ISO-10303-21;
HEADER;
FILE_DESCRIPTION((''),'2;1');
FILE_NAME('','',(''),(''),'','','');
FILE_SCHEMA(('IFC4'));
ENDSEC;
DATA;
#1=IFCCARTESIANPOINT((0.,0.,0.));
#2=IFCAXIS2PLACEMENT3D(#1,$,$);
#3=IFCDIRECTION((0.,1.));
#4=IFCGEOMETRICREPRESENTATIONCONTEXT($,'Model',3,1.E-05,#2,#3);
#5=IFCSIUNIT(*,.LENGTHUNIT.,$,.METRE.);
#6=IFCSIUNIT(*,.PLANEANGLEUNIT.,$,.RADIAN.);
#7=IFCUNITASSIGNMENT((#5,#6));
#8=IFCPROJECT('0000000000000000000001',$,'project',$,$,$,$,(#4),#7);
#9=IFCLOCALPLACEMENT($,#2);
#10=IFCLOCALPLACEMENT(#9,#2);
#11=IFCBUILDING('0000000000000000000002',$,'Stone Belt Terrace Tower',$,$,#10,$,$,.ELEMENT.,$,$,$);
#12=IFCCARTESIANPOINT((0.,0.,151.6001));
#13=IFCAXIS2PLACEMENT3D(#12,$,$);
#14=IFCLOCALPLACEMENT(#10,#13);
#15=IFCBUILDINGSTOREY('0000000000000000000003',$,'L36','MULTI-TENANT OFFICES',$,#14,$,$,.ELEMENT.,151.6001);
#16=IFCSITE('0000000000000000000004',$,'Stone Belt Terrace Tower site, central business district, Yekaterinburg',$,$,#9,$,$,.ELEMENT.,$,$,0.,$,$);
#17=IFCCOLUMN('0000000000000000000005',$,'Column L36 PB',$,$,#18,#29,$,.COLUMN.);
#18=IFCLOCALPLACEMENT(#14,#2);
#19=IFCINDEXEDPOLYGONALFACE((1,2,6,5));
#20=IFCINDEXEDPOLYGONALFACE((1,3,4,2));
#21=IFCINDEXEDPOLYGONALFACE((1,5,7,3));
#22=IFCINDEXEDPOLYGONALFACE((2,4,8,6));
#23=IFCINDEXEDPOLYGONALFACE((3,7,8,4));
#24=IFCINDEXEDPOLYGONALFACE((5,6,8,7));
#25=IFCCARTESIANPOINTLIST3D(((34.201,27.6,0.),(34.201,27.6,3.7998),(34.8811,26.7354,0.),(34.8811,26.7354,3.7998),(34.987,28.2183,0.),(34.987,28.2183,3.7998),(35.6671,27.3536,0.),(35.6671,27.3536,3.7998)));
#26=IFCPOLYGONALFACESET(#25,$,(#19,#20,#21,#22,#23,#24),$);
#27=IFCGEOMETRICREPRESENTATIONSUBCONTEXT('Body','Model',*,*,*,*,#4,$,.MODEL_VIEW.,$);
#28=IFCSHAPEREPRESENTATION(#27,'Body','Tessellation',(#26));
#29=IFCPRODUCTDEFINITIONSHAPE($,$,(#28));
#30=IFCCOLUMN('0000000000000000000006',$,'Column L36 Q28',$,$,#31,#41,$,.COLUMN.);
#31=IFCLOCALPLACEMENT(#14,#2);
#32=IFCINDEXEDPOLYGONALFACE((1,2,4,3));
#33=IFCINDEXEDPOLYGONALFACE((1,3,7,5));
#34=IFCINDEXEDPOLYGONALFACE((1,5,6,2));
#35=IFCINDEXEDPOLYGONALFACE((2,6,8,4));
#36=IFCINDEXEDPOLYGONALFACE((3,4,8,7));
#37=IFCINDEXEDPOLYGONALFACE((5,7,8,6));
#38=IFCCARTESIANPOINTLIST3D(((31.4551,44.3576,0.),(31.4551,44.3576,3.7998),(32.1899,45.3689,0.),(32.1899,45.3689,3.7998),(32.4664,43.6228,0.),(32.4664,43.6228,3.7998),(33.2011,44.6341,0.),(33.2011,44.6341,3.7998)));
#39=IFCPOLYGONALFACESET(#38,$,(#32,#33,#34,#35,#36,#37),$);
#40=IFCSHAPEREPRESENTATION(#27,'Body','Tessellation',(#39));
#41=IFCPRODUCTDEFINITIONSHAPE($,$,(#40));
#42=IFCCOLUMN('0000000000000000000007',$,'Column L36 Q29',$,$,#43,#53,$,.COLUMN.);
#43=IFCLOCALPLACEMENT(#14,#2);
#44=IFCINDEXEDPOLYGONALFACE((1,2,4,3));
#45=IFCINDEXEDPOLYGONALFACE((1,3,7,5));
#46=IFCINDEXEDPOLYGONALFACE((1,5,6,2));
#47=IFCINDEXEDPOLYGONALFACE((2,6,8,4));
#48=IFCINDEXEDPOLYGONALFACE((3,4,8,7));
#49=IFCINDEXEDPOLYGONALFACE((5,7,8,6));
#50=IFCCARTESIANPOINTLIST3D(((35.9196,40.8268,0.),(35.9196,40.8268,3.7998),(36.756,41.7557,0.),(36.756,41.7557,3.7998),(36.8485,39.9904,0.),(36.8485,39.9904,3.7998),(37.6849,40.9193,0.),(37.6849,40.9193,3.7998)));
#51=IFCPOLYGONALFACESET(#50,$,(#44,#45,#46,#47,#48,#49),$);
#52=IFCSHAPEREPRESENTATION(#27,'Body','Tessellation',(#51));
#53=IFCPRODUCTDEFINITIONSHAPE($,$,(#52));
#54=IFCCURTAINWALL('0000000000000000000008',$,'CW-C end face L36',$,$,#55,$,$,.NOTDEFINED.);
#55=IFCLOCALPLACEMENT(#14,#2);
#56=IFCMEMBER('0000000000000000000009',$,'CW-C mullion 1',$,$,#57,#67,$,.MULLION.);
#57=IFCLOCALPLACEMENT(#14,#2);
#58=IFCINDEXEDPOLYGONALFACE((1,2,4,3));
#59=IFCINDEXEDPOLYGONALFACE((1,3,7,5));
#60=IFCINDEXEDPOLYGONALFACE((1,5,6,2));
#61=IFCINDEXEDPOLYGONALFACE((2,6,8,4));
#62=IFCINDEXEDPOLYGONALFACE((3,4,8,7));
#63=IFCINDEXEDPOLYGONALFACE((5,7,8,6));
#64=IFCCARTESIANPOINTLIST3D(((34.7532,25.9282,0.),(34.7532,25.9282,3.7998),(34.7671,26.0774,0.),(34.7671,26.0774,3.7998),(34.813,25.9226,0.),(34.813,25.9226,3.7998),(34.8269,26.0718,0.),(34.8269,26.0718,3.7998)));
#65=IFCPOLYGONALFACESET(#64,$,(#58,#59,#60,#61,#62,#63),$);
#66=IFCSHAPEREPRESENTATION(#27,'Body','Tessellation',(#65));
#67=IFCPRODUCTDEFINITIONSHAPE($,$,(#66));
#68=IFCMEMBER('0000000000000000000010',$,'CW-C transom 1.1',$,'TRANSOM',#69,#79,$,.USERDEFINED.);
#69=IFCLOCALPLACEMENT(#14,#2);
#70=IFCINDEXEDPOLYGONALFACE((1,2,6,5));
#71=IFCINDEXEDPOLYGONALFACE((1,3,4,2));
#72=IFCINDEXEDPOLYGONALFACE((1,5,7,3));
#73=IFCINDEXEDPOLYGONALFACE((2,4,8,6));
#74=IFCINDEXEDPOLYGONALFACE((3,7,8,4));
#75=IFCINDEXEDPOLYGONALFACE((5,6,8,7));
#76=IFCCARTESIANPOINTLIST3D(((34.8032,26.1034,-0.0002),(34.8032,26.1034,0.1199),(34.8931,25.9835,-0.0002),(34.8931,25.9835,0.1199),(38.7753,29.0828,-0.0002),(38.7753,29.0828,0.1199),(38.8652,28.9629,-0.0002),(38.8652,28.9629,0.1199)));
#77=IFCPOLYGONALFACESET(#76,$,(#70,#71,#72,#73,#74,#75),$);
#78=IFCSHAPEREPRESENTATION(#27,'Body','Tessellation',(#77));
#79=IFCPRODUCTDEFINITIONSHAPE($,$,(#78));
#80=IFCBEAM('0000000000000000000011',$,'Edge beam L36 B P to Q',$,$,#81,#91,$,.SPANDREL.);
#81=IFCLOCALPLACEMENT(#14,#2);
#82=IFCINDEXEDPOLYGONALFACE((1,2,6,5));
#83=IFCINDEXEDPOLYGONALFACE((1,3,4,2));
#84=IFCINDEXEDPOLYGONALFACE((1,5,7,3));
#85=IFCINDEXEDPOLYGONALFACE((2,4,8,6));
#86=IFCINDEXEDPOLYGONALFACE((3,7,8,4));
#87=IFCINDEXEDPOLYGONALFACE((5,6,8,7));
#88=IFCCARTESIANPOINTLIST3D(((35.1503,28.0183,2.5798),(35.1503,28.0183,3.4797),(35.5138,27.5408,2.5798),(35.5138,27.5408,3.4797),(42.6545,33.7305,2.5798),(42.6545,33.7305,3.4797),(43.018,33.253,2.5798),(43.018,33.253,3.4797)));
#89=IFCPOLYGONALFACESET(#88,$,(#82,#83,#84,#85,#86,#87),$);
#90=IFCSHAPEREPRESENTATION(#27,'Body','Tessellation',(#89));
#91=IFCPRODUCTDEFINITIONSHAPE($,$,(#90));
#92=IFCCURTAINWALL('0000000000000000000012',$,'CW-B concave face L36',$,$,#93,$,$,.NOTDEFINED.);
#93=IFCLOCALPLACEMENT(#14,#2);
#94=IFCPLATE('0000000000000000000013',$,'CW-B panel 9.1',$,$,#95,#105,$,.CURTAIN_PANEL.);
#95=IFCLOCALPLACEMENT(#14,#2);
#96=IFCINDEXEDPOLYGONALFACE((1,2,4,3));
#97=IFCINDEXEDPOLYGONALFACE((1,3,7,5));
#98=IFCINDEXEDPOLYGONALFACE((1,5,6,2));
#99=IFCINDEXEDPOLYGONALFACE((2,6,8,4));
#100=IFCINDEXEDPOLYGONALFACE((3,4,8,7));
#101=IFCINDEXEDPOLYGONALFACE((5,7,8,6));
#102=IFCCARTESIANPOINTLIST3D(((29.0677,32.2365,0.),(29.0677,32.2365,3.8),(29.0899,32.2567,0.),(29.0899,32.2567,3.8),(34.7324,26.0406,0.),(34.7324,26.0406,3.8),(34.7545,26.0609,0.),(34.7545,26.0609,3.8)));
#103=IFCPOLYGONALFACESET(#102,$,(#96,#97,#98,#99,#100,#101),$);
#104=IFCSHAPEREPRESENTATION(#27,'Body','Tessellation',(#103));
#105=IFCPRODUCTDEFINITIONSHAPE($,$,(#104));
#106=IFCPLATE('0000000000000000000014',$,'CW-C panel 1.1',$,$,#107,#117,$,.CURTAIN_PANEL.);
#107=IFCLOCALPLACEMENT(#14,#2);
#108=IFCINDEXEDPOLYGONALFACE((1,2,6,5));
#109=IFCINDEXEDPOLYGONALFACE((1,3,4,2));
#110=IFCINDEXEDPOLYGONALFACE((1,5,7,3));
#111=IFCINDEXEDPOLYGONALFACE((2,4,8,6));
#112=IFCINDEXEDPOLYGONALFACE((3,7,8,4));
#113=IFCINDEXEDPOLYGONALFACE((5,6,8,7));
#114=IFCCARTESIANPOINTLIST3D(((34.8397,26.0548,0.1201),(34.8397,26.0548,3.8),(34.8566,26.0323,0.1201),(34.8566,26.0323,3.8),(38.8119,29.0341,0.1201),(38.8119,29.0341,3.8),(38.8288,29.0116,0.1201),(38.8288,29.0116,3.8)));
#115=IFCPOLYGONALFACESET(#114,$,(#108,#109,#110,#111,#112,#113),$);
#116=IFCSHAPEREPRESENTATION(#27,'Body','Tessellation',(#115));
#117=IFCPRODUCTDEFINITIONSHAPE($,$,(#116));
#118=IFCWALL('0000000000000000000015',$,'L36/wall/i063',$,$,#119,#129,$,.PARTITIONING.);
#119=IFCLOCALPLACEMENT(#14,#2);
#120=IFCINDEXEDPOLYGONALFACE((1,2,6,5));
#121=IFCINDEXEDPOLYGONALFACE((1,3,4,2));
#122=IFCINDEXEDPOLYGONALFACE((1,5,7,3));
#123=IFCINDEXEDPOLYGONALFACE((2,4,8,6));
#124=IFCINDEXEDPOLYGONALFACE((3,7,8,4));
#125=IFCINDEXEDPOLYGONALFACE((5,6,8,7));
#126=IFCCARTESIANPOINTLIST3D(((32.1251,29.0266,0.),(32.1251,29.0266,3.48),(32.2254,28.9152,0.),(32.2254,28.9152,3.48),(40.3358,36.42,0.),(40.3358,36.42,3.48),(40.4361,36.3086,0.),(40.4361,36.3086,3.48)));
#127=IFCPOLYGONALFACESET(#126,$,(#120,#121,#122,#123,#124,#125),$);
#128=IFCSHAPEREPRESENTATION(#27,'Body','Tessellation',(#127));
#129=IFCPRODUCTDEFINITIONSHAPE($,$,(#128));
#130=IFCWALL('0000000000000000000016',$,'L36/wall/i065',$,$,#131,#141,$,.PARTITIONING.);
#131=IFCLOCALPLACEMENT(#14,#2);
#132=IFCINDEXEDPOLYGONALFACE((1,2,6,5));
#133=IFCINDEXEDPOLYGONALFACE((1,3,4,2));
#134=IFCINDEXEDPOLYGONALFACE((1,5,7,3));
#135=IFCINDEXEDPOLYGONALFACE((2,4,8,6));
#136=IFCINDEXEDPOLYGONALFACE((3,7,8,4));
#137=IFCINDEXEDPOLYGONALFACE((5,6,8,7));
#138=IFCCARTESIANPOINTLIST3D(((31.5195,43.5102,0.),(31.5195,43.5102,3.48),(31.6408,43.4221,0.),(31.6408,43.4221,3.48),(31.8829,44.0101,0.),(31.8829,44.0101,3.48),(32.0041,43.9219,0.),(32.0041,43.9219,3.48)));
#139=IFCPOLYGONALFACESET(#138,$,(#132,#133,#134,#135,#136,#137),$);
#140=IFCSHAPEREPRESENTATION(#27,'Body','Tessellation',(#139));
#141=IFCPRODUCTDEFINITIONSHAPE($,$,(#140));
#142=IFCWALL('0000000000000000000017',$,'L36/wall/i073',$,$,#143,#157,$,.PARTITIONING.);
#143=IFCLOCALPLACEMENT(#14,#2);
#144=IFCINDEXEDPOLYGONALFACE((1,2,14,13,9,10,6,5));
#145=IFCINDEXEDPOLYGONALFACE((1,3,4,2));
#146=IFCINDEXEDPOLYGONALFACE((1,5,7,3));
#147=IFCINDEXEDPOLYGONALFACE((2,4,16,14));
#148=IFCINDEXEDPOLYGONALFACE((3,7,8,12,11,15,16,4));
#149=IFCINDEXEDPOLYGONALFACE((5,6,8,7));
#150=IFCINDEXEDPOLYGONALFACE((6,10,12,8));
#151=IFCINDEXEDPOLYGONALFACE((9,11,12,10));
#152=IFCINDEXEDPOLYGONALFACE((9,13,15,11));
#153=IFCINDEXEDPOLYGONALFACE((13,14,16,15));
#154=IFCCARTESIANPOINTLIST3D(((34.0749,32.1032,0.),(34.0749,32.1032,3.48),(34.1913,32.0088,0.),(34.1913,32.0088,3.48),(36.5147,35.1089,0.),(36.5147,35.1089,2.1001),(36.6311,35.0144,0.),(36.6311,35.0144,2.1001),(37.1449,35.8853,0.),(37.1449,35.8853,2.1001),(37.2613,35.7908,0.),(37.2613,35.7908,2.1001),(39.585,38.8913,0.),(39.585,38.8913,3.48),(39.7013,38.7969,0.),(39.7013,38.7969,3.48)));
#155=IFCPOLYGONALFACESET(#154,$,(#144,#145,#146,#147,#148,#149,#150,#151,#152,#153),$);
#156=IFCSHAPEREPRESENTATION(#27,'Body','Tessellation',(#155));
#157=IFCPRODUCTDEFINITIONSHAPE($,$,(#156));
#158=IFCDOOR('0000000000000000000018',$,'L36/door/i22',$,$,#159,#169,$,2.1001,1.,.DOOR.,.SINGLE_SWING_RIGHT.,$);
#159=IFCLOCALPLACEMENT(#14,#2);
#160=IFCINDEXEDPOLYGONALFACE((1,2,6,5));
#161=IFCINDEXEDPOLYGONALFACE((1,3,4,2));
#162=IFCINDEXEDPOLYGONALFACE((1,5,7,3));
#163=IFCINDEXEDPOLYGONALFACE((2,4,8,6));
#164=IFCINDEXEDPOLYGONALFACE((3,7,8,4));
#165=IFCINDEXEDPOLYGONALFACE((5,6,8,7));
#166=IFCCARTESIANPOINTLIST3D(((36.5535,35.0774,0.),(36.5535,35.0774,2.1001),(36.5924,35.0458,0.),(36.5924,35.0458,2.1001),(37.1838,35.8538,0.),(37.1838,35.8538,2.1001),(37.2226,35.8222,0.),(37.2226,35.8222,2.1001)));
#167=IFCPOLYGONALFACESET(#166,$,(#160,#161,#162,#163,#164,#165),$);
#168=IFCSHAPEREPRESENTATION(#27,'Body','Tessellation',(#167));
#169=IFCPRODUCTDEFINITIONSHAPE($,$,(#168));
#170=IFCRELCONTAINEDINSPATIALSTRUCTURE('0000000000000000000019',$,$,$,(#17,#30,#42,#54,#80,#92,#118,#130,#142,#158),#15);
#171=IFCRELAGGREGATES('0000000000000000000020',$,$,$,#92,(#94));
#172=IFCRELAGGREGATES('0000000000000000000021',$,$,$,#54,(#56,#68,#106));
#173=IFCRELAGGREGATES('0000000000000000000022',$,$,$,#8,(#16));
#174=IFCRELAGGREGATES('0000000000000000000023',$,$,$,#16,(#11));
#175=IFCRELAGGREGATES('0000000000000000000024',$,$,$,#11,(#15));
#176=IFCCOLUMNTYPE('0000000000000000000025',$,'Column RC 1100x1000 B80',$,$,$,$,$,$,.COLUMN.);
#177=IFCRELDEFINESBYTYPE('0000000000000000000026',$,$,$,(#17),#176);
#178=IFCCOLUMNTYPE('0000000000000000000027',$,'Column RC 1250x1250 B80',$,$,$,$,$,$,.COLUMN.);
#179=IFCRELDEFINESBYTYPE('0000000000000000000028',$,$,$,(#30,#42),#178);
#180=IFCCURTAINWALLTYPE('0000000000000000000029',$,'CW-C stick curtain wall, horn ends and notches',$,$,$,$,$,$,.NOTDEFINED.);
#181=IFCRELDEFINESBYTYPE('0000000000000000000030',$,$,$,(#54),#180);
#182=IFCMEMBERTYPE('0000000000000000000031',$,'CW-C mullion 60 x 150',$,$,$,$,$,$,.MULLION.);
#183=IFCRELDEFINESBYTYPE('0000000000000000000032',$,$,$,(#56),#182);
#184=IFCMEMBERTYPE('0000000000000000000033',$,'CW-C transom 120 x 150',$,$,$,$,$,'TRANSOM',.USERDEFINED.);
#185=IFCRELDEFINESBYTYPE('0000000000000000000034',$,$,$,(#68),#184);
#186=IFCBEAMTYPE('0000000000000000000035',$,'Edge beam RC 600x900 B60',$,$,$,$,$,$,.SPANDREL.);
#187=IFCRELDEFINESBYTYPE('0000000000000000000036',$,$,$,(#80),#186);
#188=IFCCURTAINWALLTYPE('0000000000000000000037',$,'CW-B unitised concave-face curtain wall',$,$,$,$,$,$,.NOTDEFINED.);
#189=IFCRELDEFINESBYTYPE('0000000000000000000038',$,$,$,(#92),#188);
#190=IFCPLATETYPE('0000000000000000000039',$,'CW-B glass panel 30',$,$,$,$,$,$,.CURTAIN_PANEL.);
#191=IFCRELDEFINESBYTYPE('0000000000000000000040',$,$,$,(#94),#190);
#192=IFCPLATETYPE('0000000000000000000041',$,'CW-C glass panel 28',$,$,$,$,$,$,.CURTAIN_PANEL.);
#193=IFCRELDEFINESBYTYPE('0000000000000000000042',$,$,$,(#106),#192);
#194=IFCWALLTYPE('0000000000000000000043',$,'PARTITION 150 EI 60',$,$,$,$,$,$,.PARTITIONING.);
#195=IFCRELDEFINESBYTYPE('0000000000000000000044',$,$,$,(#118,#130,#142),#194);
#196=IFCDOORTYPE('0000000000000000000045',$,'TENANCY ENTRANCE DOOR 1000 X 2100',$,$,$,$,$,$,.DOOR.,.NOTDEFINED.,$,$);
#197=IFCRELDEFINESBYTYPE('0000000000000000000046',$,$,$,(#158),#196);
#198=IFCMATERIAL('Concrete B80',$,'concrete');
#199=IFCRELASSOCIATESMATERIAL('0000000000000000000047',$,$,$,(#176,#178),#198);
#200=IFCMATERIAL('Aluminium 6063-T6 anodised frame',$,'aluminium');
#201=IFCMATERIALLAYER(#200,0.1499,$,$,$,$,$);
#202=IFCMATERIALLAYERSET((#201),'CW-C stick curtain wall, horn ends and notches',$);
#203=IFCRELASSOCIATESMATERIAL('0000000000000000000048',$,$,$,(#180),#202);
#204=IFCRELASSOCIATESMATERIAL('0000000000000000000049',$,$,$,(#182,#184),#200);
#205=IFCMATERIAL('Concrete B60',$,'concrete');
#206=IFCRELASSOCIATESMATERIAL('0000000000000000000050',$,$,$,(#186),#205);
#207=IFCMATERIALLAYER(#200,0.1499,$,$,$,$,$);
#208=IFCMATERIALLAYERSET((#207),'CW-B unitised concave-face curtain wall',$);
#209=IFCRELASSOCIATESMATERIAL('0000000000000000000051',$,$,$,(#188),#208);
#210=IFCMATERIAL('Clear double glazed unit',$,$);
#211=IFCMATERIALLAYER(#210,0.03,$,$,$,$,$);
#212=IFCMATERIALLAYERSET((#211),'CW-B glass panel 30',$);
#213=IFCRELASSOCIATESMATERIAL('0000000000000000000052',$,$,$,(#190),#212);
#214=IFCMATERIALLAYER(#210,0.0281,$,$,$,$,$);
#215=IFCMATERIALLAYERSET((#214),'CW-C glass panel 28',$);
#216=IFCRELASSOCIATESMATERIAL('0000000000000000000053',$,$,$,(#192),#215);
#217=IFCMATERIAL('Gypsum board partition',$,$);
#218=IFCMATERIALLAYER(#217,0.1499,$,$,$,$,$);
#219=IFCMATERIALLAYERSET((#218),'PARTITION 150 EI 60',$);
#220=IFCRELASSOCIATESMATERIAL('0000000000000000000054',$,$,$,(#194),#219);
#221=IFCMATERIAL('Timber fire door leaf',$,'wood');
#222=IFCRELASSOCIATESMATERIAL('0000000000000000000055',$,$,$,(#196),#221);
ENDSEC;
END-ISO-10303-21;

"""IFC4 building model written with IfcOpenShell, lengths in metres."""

from ifc_helpers import new_model, si_unit, direction, frame, frame_2d, origin, origin_2d, place, context, subcontext, project, spatial, rectangle, extrude, material, layer, layer_set, material_profile, profile_set, type_object, element, fill, aggregate, save


model = new_model("IFC4")

# Units and contexts
model_context = context("Model", 3, precision=1e-05, world=origin(), true_north=direction((0.0, 1.0)))
body_context = subcontext(model_context, "Body", "Model", "MODEL_VIEW")
ifc_project = project(units=[si_unit("LENGTHUNIT", "METRE"), si_unit("PLANEANGLEUNIT", "RADIAN")], contexts=[model_context])

# Site, building, storey
site_placement = place(None, origin())
site = spatial("IfcSite", under=ifc_project, at=site_placement, Name="Stone Belt Terrace Tower site, central business district, Yekaterinburg", CompositionType="ELEMENT", RefElevation=0.0)
building_placement = place(site_placement, origin())
building = spatial("IfcBuilding", under=site, at=building_placement, Name="Stone Belt Terrace Tower", CompositionType="ELEMENT")
storey_placement = place(building_placement, frame((0.0, 0.0, 151.6001)))
storey = spatial("IfcBuildingStorey", under=building, at=storey_placement, Name="L36", Description="MULTI-TENANT OFFICES", CompositionType="ELEMENT", Elevation=151.6001)

# Columns
ifc_material_1 = material(Name="Concrete B80", Category="concrete")
ifc_material_profile_1 = material_profile(ifc_material_1, rectangle(XDim=1.1001, YDim=1.0, at=origin_2d()), Name="RC 1100x1000")
ifc_profile_set_1 = profile_set([ifc_material_profile_1], Name="Concrete B80")
column_type_1 = type_object("IfcColumnType", Name="Column RC 1100x1000 B80", PredefinedType="COLUMN", material=ifc_profile_set_1)
column_placement = place(storey_placement, frame((34.9341, 27.4768, 0.0), z_axis=(0.0, 0.0, 1.0), x_axis=(0.618218, -0.786007, 0.0)))
element("IfcColumn", 1, at=column_placement, inside=storey, type_object=column_type_1, Name="Column L36 PB", PredefinedType="COLUMN", context=body_context, shape_type="SweptSolid", body=[
    extrude(rectangle(XDim=1.1001, YDim=1.0, at=origin_2d()), origin(), (0.0, 0.0, 1.0), 3.7998),
])
ifc_material_profile_2 = material_profile(ifc_material_1, rectangle(XDim=1.25, YDim=1.25, at=origin_2d()), Name="RC 1250x1250")
ifc_profile_set_2 = profile_set([ifc_material_profile_2], Name="Concrete B80")
column_type_2 = type_object("IfcColumnType", Name="Column RC 1250x1250 B80", PredefinedType="COLUMN", material=ifc_profile_set_2)
for number, where, z_axis, x_axis, name in (
    (2, (32.3281, 44.4958, 0.0), (0.0, 0.0, 1.0), (0.809017, -0.587785, 0.0), "Column L36 Q28"),
    (3, (36.8022, 40.873, 0.0), (0.0, 0.0, 1.0), (0.743145, -0.669131, 0.0), "Column L36 Q29"),
):
    element("IfcColumn", number, at=place(storey_placement, frame(where, z_axis=z_axis, x_axis=x_axis)), inside=storey, type_object=column_type_2, Name=name, PredefinedType="COLUMN", context=body_context, shape_type="SweptSolid", body=[
        extrude(rectangle(XDim=1.25, YDim=1.25, at=origin_2d()), origin(), (0.0, 0.0, 1.0), 3.7998),
    ])

# Curtain wall, members
ifc_material_2 = material(Name="Aluminium 6063-T6 anodised frame", Category="aluminium")
ifc_layer_1 = layer(ifc_material_2, 0.1499)
ifc_layer_set_1 = layer_set([ifc_layer_1], Name="CW-C stick curtain wall, horn ends and notches")
curtain_wall_type_1 = type_object("IfcCurtainWallType", Name="CW-C stick curtain wall, horn ends and notches", PredefinedType="NOTDEFINED", material=ifc_layer_set_1)
curtain_wall_1_placement = place(storey_placement, origin())
curtain_wall_1 = element("IfcCurtainWall", 4, at=curtain_wall_1_placement, inside=storey, type_object=curtain_wall_type_1, Name="CW-C end face L36", PredefinedType="NOTDEFINED")
ifc_material_profile_3 = material_profile(ifc_material_2, rectangle(XDim=0.1499, YDim=0.0601, at=origin_2d()), Name="Aluminium 6063-T6 60x150")
ifc_profile_set_3 = profile_set([ifc_material_profile_3], Name="Aluminium 6063-T6 anodised frame")
member_type_1 = type_object("IfcMemberType", Name="CW-C mullion 60 x 150", PredefinedType="MULLION", material=ifc_profile_set_3)
member_1_placement = place(storey_placement, frame((34.79, 26.0, 0.0), z_axis=(0.0, 0.0, 1.0), x_axis=(0.093181, 0.995649, 0.0)))
member_1 = element("IfcMember", 5, at=member_1_placement, type_object=member_type_1, Name="CW-C mullion 1", PredefinedType="MULLION", context=body_context, shape_type="SweptSolid", body=[
    extrude(rectangle(XDim=0.1499, YDim=0.0601, at=origin_2d()), origin(), (0.0, 0.0, 1.0), 3.7998),
])
ifc_material_profile_4 = material_profile(ifc_material_2, rectangle(XDim=0.1499, YDim=0.1201, at=origin_2d()), Name="Aluminium 6063-T6 150x120")
ifc_profile_set_4 = profile_set([ifc_material_profile_4], Name="Aluminium 6063-T6 anodised frame")
member_type_2 = type_object("IfcMemberType", Name="CW-C transom 120 x 150", ElementType="TRANSOM", PredefinedType="USERDEFINED", material=ifc_profile_set_4)
member_2_placement = place(storey_placement, frame((34.8481, 26.0435, 0.0598), z_axis=(0.799965, 0.600047, 0.0), x_axis=(-0.600047, 0.799965, 0.0)))
member_2 = element("IfcMember", 6, at=member_2_placement, type_object=member_type_2, Name="CW-C transom 1.1", ObjectType="TRANSOM", PredefinedType="USERDEFINED", context=body_context, shape_type="SweptSolid", body=[
    extrude(rectangle(XDim=0.1499, YDim=0.1201, at=origin_2d()), origin(), (0.0, 0.0, 1.0), 4.9653),
])

# Beam
ifc_material_3 = material(Name="Concrete B60", Category="concrete")
ifc_material_profile_5 = material_profile(ifc_material_3, rectangle(XDim=0.6001, YDim=0.8999, at=origin_2d()), Name="RC 600x900")
ifc_profile_set_5 = profile_set([ifc_material_profile_5], Name="Concrete B60")
beam_type = type_object("IfcBeamType", Name="Edge beam RC 600x900 B60", PredefinedType="SPANDREL", material=ifc_profile_set_5)
beam_placement = place(storey_placement, frame((35.332, 27.7795, 3.0298), z_axis=(0.795702, 0.605688, 0.0), x_axis=(-0.605688, 0.795702, 0.0)))
element("IfcBeam", 7, at=beam_placement, inside=storey, type_object=beam_type, Name="Edge beam L36 B P to Q", PredefinedType="SPANDREL", context=body_context, shape_type="SweptSolid", body=[
    extrude(rectangle(XDim=0.6001, YDim=0.8999, at=origin_2d()), origin(), (0.0, 0.0, 1.0), 9.4309),
])

# Curtain wall, plate
ifc_layer_2 = layer(ifc_material_2, 0.1499)
ifc_layer_set_2 = layer_set([ifc_layer_2], Name="CW-B unitised concave-face curtain wall")
curtain_wall_type_2 = type_object("IfcCurtainWallType", Name="CW-B unitised concave-face curtain wall", PredefinedType="NOTDEFINED", material=ifc_layer_set_2)
curtain_wall_2_placement = place(storey_placement, origin())
curtain_wall_2 = element("IfcCurtainWall", 8, at=curtain_wall_2_placement, inside=storey, type_object=curtain_wall_type_2, Name="CW-B concave face L36", PredefinedType="NOTDEFINED")
ifc_material_4 = material(Name="Clear double glazed unit")
ifc_layer_3 = layer(ifc_material_4, 0.03)
ifc_layer_set_3 = layer_set([ifc_layer_3], Name="CW-B glass panel 30")
plate_type_1 = type_object("IfcPlateType", Name="CW-B glass panel 30", PredefinedType="CURTAIN_PANEL", material=ifc_layer_set_3)
plate_1_placement = place(storey_placement, frame((31.9111, 29.1487, 0.0), z_axis=(0.0, 0.0, 1.0), x_axis=(0.674761, -0.738036, 0.0)))
plate_1 = element("IfcPlate", 9, at=plate_1_placement, type_object=plate_type_1, Name="CW-B panel 9.1", PredefinedType="CURTAIN_PANEL", context=body_context, shape_type="SweptSolid", body=[
    extrude(rectangle(XDim=8.395, YDim=0.03, at=origin_2d()), origin(), (0.0, 0.0, 1.0), 3.8),
])
aggregate(curtain_wall_2, [plate_1])

# Plate
ifc_layer_4 = layer(ifc_material_4, 0.0281)
ifc_layer_set_4 = layer_set([ifc_layer_4], Name="CW-C glass panel 28")
plate_type_2 = type_object("IfcPlateType", Name="CW-C glass panel 28", PredefinedType="CURTAIN_PANEL", material=ifc_layer_set_4)
plate_2_placement = place(storey_placement, frame((36.8342, 27.5332, 0.1201), z_axis=(0.0, 0.0, 1.0), x_axis=(0.799987, 0.600018, 0.0)))
plate_2 = element("IfcPlate", 10, at=plate_2_placement, type_object=plate_type_2, Name="CW-C panel 1.1", PredefinedType="CURTAIN_PANEL", context=body_context, shape_type="SweptSolid", body=[
    extrude(rectangle(XDim=4.9653, YDim=0.0281, at=origin_2d()), origin(), (0.0, 0.0, 1.0), 3.6799),
])
aggregate(curtain_wall_1, [member_1, member_2, plate_2])

# Walls
ifc_material_5 = material(Name="Gypsum board partition")
ifc_layer_5 = layer(ifc_material_5, 0.1499)
ifc_layer_set_5 = layer_set([ifc_layer_5], Name="PARTITION 150 EI 60")
wall_type_1 = type_object("IfcWallType", Name="PARTITION 150 EI 60", PredefinedType="PARTITIONING", material=ifc_layer_set_5)
wall_1_placement = place(storey_placement, frame((32.1753, 28.9709, 0.0), z_axis=(0.0, 0.0, 1.0), x_axis=(0.743128, 0.669149, 0.0)))
element("IfcWall", 11, at=wall_1_placement, inside=storey, type_object=wall_type_1, Name="L36/wall/i063", PredefinedType="PARTITIONING", context=body_context, shape_type="SweptSolid", body=[
    extrude(rectangle(XDim=11.0488, YDim=0.1499, at=frame_2d((5.5244, 0.0))), origin(), (0.0, 0.0, 1.0), 3.48),
])
wall_2_placement = place(storey_placement, frame((31.5801, 43.4661, 0.0), z_axis=(0.0, 0.0, 1.0), x_axis=(0.587984, 0.808873, 0.0)))
element("IfcWall", 12, at=wall_2_placement, inside=storey, type_object=wall_type_1, Name="L36/wall/i065", PredefinedType="PARTITIONING", context=body_context, shape_type="SweptSolid", body=[
    extrude(rectangle(XDim=0.6179, YDim=0.1499, at=frame_2d((0.3091, 0.0))), origin(), (0.0, 0.0, 1.0), 3.48),
])

# Wall, opening, door
wall_3_placement = place(storey_placement, frame((34.1331, 32.0559, 0.0), z_axis=(0.0, 0.0, 1.0), x_axis=(0.630227, 0.776411, 0.0)))
wall_3 = element("IfcWall", 13, at=wall_3_placement, inside=storey, type_object=wall_type_1, Name="L36/wall/i073", PredefinedType="PARTITIONING", context=body_context, shape_type="SweptSolid", body=[
    extrude(rectangle(XDim=8.7429, YDim=0.1499, at=frame_2d((4.3716, 0.0))), origin(), (0.0, 0.0, 1.0), 3.48),
])
opening_1_placement = place(wall_3_placement, frame((3.8713, 0.0, 0.0)))
opening_1 = element("IfcOpeningElement", 14, at=opening_1_placement, cuts=wall_3, PredefinedType="OPENING", context=body_context, shape_type="SweptSolid", body=[
    extrude(rectangle(XDim=1.0, YDim=2.1001, at=frame_2d((0.5, 1.05))), frame((0.0, 0.085, 0.0), z_axis=(0.0, -1.0, 0.0), x_axis=(1.0, 0.0, 0.0)), (0.0, 0.0, 1.0), 0.1699),
])
ifc_material_6 = material(Name="Timber fire door leaf", Category="wood")
door_type_1 = type_object("IfcDoorType", Name="TENANCY ENTRANCE DOOR 1000 X 2100", OperationType="NOTDEFINED", PredefinedType="DOOR", material=ifc_material_6)
door_1_placement = place(opening_1_placement, origin())
door_1 = element("IfcDoor", 15, at=door_1_placement, inside=storey, type_object=door_type_1, Name="L36/door/i22", OperationType="SINGLE_SWING_RIGHT", OverallHeight=2.1001, OverallWidth=1.0, PredefinedType="DOOR", context=body_context, shape_type="SweptSolid", body=[
    extrude(rectangle(XDim=1.0, YDim=2.1001, at=frame_2d((0.5, 1.05))), frame((0.0, 0.0249, 0.0), z_axis=(0.0, -1.0, 0.0), x_axis=(1.0, 0.0, 0.0)), (0.0, 0.0, 1.0), 0.05),
])
fill(opening_1, door_1)

save(model, "model.ifc")
